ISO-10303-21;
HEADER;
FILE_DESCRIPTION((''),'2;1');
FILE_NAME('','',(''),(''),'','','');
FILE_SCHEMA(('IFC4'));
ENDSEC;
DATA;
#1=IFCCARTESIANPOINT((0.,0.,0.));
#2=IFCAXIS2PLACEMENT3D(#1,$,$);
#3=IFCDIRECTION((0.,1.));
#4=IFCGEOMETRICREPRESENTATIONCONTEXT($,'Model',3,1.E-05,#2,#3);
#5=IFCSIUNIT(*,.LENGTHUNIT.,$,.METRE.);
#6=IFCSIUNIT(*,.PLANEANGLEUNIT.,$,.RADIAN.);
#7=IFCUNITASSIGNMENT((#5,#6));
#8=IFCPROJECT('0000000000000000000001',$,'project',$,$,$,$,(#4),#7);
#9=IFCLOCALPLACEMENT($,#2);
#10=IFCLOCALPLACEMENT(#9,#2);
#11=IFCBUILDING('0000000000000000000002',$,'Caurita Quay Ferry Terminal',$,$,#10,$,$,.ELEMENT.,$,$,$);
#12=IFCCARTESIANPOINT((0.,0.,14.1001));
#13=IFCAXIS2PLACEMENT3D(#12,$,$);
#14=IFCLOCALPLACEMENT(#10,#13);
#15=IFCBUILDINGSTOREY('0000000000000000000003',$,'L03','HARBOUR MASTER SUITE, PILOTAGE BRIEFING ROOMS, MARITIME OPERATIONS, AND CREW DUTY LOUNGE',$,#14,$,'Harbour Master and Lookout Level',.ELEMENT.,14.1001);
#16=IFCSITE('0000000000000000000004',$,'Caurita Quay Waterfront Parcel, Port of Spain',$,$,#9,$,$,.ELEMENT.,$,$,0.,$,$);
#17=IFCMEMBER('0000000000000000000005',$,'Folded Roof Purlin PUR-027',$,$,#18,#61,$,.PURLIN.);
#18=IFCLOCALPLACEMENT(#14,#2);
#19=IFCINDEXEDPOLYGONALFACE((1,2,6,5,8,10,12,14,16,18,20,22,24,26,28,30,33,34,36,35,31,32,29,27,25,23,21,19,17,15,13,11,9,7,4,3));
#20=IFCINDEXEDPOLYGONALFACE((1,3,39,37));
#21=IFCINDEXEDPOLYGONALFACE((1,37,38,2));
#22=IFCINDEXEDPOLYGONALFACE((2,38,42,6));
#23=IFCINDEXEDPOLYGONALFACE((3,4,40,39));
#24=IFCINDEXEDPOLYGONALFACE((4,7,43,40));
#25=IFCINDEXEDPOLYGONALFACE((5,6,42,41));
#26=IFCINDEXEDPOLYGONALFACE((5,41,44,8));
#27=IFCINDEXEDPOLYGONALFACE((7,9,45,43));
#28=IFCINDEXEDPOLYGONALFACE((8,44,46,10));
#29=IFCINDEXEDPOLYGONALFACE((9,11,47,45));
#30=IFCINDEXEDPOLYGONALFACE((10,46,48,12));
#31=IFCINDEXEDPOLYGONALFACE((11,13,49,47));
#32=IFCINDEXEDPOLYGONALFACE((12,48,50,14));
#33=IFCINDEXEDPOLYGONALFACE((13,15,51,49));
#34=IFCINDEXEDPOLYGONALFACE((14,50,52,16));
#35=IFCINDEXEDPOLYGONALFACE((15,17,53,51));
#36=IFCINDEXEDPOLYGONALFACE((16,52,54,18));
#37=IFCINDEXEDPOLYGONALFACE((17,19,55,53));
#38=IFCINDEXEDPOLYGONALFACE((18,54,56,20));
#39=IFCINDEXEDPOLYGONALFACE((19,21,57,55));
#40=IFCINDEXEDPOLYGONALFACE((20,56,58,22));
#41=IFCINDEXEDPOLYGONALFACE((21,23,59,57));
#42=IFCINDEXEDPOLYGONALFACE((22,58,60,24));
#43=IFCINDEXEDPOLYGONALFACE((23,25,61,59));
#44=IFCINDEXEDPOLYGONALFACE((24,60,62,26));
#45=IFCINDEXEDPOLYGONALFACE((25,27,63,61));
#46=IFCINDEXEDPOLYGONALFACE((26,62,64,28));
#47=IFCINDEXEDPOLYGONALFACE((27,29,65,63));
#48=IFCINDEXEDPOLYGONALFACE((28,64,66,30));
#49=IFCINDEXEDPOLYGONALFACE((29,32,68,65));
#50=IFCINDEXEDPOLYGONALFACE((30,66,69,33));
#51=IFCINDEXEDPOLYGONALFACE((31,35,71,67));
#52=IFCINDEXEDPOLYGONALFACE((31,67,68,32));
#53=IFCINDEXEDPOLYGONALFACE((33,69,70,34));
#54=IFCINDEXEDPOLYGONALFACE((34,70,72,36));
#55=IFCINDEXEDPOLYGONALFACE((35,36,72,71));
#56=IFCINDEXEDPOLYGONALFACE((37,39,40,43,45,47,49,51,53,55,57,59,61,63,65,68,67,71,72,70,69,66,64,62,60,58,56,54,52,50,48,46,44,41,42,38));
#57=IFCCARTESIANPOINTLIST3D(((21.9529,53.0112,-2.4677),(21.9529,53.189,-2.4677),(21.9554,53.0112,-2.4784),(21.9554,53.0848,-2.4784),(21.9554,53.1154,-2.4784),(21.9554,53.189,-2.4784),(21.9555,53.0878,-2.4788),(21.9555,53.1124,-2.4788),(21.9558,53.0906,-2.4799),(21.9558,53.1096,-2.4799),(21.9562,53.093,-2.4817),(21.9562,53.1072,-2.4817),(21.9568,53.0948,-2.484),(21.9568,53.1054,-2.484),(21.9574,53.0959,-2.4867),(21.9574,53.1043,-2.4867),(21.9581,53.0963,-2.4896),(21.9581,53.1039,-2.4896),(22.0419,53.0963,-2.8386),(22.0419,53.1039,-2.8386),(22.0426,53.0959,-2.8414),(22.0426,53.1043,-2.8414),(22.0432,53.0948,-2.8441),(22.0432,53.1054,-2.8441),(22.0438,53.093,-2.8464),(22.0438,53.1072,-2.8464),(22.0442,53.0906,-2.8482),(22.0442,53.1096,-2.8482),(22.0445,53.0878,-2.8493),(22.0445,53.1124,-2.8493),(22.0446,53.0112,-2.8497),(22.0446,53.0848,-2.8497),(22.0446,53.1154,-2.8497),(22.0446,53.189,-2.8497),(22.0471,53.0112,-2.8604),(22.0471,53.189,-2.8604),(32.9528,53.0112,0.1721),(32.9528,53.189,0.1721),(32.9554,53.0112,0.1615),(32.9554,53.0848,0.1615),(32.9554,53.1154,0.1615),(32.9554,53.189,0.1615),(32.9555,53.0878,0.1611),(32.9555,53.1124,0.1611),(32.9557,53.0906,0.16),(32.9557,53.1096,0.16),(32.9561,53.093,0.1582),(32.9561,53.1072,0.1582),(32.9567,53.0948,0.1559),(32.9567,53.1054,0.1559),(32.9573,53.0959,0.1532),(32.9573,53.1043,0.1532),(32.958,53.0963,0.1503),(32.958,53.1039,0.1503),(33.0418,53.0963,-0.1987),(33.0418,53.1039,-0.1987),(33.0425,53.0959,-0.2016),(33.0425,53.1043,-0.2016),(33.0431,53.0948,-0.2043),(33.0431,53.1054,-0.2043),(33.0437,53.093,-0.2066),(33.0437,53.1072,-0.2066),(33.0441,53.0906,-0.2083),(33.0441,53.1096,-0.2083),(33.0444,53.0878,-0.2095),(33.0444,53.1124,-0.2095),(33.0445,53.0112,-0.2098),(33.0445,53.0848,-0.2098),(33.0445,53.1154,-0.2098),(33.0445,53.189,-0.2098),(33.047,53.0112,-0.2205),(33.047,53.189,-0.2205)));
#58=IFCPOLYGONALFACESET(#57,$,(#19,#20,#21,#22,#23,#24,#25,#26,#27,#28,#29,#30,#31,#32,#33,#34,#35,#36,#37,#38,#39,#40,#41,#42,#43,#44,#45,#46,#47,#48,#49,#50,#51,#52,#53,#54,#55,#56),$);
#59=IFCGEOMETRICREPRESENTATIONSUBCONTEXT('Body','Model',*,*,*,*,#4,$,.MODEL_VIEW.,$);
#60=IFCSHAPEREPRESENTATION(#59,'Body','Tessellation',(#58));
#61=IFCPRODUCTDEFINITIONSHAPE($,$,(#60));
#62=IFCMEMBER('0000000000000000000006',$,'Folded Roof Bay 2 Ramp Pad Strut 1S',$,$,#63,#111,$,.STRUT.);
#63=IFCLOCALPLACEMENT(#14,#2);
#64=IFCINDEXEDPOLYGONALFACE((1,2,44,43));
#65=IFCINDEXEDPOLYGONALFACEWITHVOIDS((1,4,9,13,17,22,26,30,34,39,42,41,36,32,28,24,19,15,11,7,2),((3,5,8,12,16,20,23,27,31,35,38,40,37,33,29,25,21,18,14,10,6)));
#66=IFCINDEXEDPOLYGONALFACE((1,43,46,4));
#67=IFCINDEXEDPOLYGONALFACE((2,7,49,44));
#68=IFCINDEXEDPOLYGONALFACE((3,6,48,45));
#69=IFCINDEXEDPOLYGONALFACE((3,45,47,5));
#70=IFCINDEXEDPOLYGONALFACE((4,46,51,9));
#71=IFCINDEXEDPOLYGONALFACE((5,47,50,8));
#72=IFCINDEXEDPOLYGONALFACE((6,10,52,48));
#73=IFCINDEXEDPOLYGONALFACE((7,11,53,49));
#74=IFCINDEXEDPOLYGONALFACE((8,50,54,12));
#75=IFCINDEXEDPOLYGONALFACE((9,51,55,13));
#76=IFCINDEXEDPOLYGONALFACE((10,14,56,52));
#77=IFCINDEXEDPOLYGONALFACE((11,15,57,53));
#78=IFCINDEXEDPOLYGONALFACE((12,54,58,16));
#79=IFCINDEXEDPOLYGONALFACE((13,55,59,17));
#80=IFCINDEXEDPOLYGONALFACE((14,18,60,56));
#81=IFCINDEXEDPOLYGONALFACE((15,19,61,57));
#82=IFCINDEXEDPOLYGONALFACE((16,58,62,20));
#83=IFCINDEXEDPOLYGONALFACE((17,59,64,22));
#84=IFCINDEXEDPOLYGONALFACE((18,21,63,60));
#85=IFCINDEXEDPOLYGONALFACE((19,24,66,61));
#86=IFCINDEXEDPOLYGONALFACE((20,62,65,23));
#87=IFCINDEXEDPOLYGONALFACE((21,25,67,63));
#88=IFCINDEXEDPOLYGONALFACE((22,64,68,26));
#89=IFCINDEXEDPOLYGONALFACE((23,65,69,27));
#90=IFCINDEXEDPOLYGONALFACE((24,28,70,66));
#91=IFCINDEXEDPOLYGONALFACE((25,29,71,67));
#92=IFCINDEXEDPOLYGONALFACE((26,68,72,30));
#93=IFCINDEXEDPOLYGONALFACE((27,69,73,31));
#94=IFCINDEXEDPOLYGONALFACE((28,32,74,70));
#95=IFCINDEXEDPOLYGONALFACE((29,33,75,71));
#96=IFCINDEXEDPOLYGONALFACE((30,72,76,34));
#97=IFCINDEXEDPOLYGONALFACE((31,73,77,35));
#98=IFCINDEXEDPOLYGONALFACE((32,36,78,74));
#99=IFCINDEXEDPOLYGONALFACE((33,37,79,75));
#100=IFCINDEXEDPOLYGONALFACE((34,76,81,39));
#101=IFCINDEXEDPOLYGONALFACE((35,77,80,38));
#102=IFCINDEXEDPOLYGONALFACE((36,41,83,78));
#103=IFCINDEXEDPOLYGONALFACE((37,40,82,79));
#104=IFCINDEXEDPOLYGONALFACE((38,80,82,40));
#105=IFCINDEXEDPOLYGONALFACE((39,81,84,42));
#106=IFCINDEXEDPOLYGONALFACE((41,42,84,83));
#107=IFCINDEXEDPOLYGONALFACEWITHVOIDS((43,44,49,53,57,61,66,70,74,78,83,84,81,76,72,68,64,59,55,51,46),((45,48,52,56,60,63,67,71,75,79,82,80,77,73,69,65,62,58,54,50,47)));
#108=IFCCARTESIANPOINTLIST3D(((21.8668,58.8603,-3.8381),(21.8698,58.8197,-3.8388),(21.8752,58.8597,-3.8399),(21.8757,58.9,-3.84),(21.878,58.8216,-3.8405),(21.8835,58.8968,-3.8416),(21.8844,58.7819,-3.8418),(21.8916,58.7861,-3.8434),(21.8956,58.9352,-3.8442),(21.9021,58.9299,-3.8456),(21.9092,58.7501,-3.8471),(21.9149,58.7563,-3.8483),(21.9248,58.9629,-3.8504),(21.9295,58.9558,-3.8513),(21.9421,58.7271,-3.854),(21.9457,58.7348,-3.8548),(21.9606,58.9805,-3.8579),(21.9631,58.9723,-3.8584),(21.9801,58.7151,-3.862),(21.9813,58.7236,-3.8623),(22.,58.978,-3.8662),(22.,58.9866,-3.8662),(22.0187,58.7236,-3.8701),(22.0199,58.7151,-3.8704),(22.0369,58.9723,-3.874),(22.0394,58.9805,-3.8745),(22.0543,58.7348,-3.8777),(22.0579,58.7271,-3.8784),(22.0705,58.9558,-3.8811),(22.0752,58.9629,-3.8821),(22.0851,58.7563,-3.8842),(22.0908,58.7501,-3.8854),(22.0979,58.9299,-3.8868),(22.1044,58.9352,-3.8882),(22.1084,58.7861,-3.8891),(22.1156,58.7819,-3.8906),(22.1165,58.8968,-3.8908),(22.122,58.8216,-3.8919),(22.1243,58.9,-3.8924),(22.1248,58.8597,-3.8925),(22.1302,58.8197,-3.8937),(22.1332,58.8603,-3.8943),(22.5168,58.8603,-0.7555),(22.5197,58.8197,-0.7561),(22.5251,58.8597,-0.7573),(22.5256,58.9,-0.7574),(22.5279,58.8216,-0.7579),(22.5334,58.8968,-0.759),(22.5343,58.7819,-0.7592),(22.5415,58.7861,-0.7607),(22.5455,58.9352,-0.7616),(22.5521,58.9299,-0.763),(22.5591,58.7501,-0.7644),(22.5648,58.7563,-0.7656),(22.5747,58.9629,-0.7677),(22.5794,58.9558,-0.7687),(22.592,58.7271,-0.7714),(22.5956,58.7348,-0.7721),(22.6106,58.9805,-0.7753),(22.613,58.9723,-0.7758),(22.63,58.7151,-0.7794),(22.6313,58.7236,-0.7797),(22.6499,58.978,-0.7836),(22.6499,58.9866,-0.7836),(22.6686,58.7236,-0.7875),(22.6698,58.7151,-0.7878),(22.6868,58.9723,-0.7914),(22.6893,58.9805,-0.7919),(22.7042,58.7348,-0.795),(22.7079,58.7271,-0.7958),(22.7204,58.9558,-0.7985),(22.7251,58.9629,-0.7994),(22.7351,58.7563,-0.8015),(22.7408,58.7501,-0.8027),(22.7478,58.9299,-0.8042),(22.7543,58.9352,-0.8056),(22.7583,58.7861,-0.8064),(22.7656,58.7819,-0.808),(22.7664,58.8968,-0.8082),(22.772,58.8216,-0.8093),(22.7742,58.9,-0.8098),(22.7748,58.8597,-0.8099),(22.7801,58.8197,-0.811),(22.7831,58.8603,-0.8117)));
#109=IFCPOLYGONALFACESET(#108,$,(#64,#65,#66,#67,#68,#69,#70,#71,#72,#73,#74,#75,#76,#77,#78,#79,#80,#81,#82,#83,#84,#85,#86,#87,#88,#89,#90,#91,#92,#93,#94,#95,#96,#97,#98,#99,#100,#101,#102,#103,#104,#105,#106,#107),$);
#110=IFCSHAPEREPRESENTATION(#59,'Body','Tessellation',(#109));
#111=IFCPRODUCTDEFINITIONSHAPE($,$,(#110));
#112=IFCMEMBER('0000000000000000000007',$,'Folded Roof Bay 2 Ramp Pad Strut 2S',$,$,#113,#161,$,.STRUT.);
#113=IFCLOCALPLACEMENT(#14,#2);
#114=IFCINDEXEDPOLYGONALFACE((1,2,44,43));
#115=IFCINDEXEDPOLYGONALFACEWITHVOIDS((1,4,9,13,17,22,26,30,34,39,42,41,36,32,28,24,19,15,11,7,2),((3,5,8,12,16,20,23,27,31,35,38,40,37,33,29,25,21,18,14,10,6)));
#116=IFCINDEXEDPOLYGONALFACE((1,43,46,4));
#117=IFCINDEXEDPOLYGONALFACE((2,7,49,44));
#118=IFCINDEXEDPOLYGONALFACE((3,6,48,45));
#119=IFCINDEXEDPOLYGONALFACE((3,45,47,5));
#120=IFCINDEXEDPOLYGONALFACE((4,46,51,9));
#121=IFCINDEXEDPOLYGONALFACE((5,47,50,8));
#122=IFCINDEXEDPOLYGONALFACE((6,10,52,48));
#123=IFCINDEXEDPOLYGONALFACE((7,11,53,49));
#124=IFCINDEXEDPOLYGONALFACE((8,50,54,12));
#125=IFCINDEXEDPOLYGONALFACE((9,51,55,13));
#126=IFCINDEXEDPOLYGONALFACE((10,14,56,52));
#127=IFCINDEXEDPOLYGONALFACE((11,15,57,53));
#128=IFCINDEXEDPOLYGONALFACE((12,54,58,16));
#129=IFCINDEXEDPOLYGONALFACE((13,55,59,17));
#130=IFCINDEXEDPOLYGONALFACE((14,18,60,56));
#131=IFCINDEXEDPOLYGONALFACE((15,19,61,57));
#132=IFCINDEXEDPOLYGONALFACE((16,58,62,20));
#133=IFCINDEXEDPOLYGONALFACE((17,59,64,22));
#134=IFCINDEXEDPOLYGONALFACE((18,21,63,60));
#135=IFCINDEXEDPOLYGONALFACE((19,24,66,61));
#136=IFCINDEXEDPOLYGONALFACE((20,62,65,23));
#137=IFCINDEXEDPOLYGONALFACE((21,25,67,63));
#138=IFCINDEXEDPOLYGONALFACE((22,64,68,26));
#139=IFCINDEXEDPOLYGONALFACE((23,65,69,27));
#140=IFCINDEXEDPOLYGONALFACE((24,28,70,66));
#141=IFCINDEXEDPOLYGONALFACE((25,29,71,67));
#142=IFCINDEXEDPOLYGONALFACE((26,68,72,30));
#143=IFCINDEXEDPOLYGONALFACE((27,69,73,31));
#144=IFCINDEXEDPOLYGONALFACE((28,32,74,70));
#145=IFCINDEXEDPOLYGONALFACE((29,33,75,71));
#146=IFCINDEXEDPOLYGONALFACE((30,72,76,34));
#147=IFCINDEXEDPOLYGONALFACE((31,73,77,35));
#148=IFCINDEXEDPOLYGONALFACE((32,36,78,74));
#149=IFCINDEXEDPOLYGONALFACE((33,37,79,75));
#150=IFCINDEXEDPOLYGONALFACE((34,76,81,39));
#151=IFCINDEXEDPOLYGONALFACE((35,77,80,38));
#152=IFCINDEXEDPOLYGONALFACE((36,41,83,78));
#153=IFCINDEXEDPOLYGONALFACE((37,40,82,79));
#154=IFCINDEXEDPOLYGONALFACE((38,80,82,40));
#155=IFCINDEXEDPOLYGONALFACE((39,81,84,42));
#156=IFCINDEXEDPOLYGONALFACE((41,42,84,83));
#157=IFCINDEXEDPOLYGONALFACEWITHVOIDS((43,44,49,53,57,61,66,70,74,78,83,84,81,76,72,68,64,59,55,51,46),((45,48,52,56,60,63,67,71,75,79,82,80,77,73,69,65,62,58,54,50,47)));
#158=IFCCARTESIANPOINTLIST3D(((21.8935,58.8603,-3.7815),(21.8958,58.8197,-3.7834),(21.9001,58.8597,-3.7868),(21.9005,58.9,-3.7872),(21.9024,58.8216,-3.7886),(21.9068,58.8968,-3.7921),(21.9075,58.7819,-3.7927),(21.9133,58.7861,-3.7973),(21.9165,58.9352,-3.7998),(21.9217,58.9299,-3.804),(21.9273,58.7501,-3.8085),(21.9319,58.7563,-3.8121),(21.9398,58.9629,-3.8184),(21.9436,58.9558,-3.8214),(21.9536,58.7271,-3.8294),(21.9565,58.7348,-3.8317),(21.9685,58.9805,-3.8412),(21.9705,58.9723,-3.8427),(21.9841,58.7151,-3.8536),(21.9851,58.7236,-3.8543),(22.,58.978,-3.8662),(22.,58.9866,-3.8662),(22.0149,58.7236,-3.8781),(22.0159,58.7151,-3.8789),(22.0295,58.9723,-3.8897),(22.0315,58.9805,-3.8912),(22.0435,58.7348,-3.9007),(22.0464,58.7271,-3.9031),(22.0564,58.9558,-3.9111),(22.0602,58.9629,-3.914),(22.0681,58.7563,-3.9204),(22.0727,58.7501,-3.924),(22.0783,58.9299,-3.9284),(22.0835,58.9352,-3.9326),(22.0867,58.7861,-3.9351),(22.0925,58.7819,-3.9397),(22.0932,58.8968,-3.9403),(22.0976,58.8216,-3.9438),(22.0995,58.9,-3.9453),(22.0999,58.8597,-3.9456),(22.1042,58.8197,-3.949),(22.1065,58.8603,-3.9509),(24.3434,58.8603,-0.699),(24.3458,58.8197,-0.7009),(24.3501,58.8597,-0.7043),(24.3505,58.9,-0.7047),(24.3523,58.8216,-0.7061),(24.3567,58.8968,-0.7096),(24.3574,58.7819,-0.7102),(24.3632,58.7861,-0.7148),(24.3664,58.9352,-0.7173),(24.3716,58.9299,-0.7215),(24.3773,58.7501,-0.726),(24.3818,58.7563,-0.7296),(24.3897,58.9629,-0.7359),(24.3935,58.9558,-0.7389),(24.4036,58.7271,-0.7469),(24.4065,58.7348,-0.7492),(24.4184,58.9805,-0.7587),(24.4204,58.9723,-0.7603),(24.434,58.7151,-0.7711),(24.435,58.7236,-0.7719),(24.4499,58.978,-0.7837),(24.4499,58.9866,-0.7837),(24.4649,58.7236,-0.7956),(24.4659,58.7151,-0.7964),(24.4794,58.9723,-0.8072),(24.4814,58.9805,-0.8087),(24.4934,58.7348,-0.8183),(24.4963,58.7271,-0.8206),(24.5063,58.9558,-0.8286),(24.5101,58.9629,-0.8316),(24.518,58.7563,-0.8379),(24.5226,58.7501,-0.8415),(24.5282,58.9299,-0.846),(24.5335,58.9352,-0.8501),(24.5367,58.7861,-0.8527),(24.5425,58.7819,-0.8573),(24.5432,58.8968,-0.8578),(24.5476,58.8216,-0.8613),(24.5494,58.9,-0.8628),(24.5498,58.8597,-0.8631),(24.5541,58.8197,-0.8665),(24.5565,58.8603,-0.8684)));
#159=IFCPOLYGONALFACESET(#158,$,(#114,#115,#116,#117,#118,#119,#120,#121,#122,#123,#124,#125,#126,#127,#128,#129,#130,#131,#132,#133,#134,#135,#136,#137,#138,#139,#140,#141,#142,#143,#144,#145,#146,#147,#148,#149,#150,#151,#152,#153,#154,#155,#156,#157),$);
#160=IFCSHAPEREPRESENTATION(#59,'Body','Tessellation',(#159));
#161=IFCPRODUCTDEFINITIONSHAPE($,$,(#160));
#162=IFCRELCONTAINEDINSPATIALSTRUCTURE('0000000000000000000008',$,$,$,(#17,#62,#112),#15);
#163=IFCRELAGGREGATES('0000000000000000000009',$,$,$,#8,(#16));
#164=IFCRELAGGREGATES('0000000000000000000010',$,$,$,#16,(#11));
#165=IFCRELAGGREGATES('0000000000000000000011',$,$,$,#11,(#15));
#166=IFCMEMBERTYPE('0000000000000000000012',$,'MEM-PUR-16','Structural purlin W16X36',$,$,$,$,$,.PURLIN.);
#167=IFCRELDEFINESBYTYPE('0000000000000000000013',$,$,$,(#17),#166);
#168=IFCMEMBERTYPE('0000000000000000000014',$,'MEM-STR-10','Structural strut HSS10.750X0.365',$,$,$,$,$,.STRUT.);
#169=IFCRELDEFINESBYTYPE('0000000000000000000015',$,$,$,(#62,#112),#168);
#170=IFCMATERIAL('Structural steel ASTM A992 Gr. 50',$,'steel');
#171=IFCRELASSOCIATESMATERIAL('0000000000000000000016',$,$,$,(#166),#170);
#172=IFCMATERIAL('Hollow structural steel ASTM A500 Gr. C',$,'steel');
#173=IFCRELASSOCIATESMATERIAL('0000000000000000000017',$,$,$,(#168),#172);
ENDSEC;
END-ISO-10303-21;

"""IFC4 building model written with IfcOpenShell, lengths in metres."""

from ifc_helpers import new_model, si_unit, direction, frame, origin, origin_2d, place, context, subcontext, project, spatial, hollow_circle, i_section, extrude, material, material_profile, profile_set, type_object, element, save


model = new_model("IFC4")

# Units and contexts
model_context = context("Model", 3, precision=1e-05, world=origin(), true_north=direction((0.0, 1.0)))
body_context = subcontext(model_context, "Body", "Model", "MODEL_VIEW")
ifc_project = project(units=[si_unit("LENGTHUNIT", "METRE"), si_unit("PLANEANGLEUNIT", "RADIAN")], contexts=[model_context])

# Site, building, storey
site_placement = place(None, origin())
site = spatial("IfcSite", under=ifc_project, at=site_placement, Name="Caurita Quay Waterfront Parcel, Port of Spain", CompositionType="ELEMENT", RefElevation=0.0)
building_placement = place(site_placement, origin())
building = spatial("IfcBuilding", under=site, at=building_placement, Name="Caurita Quay Ferry Terminal", CompositionType="ELEMENT")
storey_placement = place(building_placement, frame((0.0, 0.0, 14.1001)))
storey = spatial("IfcBuildingStorey", under=building, at=storey_placement, Name="L03", Description="HARBOUR MASTER SUITE, PILOTAGE BRIEFING ROOMS, MARITIME OPERATIONS, AND CREW DUTY LOUNGE", LongName="Harbour Master and Lookout Level", CompositionType="ELEMENT", Elevation=14.1001)

# Shared definitions
ifc_material_1 = material(Name="Structural steel ASTM A992 Gr. 50", Category="steel")

# Members
ifc_material_profile_1 = material_profile(ifc_material_1, i_section(OverallWidth=0.1777, OverallDepth=0.4038, WebThickness=0.0076, FlangeThickness=0.011, FilletRadius=0.0115, at=origin_2d()), Name="W16X36")
ifc_profile_set_1 = profile_set([ifc_material_profile_1], Name="Structural steel ASTM A992 Gr. 50")
member_type_1 = type_object("IfcMemberType", Name="MEM-PUR-16", Description="Structural purlin W16X36", PredefinedType="PURLIN", material=ifc_profile_set_1)
member_1_placement = place(storey_placement, frame((22.0, 53.1001, -2.6641), z_axis=(0.972389, 0.0, 0.233364), x_axis=(0.0, 1.0, 0.0)))
element("IfcMember", 1, at=member_1_placement, inside=storey, type_object=member_type_1, Name="Folded Roof Purlin PUR-027", PredefinedType="PURLIN", context=body_context, shape_type="SweptSolid", body=[
    extrude(i_section(OverallWidth=0.1777, OverallDepth=0.4038, WebThickness=0.0076, FlangeThickness=0.011, FilletRadius=0.0115, at=origin_2d()), origin(), (0.0, 0.0, 1.0), 11.3123),
])
ifc_material_2 = material(Name="Hollow structural steel ASTM A500 Gr. C", Category="steel")
ifc_material_profile_2 = material_profile(ifc_material_2, hollow_circle(Radius=0.1365, WallThickness=0.0085, at=origin_2d()), Name="HSS10.750X0.365")
ifc_profile_set_2 = profile_set([ifc_material_profile_2], Name="Hollow structural steel ASTM A500 Gr. C")
member_type_2 = type_object("IfcMemberType", Name="MEM-STR-10", Description="Structural strut HSS10.750X0.365", PredefinedType="STRUT", material=ifc_profile_set_2)
member_2_placement = place(storey_placement, frame((22.0, 58.8501, -3.8662), z_axis=(0.206299, 0.0, 0.978489), x_axis=(0.0, 1.0, 0.0)))
element("IfcMember", 2, at=member_2_placement, inside=storey, type_object=member_type_2, Name="Folded Roof Bay 2 Ramp Pad Strut 1S", PredefinedType="STRUT", context=body_context, shape_type="SweptSolid", body=[
    extrude(hollow_circle(Radius=0.1365, WallThickness=0.0085, at=origin_2d()), origin(), (0.0, 0.0, 1.0), 3.1504),
])
member_3_placement = place(storey_placement, frame((22.0, 58.8501, -3.8662), z_axis=(0.622204, 0.0, 0.782855), x_axis=(0.0, 1.0, 0.0)))
element("IfcMember", 3, at=member_3_placement, inside=storey, type_object=member_type_2, Name="Folded Roof Bay 2 Ramp Pad Strut 2S", PredefinedType="STRUT", context=body_context, shape_type="SweptSolid", body=[
    extrude(hollow_circle(Radius=0.1365, WallThickness=0.0085, at=origin_2d()), origin(), (0.0, 0.0, 1.0), 3.9375),
])

save(model, "model.ifc")
